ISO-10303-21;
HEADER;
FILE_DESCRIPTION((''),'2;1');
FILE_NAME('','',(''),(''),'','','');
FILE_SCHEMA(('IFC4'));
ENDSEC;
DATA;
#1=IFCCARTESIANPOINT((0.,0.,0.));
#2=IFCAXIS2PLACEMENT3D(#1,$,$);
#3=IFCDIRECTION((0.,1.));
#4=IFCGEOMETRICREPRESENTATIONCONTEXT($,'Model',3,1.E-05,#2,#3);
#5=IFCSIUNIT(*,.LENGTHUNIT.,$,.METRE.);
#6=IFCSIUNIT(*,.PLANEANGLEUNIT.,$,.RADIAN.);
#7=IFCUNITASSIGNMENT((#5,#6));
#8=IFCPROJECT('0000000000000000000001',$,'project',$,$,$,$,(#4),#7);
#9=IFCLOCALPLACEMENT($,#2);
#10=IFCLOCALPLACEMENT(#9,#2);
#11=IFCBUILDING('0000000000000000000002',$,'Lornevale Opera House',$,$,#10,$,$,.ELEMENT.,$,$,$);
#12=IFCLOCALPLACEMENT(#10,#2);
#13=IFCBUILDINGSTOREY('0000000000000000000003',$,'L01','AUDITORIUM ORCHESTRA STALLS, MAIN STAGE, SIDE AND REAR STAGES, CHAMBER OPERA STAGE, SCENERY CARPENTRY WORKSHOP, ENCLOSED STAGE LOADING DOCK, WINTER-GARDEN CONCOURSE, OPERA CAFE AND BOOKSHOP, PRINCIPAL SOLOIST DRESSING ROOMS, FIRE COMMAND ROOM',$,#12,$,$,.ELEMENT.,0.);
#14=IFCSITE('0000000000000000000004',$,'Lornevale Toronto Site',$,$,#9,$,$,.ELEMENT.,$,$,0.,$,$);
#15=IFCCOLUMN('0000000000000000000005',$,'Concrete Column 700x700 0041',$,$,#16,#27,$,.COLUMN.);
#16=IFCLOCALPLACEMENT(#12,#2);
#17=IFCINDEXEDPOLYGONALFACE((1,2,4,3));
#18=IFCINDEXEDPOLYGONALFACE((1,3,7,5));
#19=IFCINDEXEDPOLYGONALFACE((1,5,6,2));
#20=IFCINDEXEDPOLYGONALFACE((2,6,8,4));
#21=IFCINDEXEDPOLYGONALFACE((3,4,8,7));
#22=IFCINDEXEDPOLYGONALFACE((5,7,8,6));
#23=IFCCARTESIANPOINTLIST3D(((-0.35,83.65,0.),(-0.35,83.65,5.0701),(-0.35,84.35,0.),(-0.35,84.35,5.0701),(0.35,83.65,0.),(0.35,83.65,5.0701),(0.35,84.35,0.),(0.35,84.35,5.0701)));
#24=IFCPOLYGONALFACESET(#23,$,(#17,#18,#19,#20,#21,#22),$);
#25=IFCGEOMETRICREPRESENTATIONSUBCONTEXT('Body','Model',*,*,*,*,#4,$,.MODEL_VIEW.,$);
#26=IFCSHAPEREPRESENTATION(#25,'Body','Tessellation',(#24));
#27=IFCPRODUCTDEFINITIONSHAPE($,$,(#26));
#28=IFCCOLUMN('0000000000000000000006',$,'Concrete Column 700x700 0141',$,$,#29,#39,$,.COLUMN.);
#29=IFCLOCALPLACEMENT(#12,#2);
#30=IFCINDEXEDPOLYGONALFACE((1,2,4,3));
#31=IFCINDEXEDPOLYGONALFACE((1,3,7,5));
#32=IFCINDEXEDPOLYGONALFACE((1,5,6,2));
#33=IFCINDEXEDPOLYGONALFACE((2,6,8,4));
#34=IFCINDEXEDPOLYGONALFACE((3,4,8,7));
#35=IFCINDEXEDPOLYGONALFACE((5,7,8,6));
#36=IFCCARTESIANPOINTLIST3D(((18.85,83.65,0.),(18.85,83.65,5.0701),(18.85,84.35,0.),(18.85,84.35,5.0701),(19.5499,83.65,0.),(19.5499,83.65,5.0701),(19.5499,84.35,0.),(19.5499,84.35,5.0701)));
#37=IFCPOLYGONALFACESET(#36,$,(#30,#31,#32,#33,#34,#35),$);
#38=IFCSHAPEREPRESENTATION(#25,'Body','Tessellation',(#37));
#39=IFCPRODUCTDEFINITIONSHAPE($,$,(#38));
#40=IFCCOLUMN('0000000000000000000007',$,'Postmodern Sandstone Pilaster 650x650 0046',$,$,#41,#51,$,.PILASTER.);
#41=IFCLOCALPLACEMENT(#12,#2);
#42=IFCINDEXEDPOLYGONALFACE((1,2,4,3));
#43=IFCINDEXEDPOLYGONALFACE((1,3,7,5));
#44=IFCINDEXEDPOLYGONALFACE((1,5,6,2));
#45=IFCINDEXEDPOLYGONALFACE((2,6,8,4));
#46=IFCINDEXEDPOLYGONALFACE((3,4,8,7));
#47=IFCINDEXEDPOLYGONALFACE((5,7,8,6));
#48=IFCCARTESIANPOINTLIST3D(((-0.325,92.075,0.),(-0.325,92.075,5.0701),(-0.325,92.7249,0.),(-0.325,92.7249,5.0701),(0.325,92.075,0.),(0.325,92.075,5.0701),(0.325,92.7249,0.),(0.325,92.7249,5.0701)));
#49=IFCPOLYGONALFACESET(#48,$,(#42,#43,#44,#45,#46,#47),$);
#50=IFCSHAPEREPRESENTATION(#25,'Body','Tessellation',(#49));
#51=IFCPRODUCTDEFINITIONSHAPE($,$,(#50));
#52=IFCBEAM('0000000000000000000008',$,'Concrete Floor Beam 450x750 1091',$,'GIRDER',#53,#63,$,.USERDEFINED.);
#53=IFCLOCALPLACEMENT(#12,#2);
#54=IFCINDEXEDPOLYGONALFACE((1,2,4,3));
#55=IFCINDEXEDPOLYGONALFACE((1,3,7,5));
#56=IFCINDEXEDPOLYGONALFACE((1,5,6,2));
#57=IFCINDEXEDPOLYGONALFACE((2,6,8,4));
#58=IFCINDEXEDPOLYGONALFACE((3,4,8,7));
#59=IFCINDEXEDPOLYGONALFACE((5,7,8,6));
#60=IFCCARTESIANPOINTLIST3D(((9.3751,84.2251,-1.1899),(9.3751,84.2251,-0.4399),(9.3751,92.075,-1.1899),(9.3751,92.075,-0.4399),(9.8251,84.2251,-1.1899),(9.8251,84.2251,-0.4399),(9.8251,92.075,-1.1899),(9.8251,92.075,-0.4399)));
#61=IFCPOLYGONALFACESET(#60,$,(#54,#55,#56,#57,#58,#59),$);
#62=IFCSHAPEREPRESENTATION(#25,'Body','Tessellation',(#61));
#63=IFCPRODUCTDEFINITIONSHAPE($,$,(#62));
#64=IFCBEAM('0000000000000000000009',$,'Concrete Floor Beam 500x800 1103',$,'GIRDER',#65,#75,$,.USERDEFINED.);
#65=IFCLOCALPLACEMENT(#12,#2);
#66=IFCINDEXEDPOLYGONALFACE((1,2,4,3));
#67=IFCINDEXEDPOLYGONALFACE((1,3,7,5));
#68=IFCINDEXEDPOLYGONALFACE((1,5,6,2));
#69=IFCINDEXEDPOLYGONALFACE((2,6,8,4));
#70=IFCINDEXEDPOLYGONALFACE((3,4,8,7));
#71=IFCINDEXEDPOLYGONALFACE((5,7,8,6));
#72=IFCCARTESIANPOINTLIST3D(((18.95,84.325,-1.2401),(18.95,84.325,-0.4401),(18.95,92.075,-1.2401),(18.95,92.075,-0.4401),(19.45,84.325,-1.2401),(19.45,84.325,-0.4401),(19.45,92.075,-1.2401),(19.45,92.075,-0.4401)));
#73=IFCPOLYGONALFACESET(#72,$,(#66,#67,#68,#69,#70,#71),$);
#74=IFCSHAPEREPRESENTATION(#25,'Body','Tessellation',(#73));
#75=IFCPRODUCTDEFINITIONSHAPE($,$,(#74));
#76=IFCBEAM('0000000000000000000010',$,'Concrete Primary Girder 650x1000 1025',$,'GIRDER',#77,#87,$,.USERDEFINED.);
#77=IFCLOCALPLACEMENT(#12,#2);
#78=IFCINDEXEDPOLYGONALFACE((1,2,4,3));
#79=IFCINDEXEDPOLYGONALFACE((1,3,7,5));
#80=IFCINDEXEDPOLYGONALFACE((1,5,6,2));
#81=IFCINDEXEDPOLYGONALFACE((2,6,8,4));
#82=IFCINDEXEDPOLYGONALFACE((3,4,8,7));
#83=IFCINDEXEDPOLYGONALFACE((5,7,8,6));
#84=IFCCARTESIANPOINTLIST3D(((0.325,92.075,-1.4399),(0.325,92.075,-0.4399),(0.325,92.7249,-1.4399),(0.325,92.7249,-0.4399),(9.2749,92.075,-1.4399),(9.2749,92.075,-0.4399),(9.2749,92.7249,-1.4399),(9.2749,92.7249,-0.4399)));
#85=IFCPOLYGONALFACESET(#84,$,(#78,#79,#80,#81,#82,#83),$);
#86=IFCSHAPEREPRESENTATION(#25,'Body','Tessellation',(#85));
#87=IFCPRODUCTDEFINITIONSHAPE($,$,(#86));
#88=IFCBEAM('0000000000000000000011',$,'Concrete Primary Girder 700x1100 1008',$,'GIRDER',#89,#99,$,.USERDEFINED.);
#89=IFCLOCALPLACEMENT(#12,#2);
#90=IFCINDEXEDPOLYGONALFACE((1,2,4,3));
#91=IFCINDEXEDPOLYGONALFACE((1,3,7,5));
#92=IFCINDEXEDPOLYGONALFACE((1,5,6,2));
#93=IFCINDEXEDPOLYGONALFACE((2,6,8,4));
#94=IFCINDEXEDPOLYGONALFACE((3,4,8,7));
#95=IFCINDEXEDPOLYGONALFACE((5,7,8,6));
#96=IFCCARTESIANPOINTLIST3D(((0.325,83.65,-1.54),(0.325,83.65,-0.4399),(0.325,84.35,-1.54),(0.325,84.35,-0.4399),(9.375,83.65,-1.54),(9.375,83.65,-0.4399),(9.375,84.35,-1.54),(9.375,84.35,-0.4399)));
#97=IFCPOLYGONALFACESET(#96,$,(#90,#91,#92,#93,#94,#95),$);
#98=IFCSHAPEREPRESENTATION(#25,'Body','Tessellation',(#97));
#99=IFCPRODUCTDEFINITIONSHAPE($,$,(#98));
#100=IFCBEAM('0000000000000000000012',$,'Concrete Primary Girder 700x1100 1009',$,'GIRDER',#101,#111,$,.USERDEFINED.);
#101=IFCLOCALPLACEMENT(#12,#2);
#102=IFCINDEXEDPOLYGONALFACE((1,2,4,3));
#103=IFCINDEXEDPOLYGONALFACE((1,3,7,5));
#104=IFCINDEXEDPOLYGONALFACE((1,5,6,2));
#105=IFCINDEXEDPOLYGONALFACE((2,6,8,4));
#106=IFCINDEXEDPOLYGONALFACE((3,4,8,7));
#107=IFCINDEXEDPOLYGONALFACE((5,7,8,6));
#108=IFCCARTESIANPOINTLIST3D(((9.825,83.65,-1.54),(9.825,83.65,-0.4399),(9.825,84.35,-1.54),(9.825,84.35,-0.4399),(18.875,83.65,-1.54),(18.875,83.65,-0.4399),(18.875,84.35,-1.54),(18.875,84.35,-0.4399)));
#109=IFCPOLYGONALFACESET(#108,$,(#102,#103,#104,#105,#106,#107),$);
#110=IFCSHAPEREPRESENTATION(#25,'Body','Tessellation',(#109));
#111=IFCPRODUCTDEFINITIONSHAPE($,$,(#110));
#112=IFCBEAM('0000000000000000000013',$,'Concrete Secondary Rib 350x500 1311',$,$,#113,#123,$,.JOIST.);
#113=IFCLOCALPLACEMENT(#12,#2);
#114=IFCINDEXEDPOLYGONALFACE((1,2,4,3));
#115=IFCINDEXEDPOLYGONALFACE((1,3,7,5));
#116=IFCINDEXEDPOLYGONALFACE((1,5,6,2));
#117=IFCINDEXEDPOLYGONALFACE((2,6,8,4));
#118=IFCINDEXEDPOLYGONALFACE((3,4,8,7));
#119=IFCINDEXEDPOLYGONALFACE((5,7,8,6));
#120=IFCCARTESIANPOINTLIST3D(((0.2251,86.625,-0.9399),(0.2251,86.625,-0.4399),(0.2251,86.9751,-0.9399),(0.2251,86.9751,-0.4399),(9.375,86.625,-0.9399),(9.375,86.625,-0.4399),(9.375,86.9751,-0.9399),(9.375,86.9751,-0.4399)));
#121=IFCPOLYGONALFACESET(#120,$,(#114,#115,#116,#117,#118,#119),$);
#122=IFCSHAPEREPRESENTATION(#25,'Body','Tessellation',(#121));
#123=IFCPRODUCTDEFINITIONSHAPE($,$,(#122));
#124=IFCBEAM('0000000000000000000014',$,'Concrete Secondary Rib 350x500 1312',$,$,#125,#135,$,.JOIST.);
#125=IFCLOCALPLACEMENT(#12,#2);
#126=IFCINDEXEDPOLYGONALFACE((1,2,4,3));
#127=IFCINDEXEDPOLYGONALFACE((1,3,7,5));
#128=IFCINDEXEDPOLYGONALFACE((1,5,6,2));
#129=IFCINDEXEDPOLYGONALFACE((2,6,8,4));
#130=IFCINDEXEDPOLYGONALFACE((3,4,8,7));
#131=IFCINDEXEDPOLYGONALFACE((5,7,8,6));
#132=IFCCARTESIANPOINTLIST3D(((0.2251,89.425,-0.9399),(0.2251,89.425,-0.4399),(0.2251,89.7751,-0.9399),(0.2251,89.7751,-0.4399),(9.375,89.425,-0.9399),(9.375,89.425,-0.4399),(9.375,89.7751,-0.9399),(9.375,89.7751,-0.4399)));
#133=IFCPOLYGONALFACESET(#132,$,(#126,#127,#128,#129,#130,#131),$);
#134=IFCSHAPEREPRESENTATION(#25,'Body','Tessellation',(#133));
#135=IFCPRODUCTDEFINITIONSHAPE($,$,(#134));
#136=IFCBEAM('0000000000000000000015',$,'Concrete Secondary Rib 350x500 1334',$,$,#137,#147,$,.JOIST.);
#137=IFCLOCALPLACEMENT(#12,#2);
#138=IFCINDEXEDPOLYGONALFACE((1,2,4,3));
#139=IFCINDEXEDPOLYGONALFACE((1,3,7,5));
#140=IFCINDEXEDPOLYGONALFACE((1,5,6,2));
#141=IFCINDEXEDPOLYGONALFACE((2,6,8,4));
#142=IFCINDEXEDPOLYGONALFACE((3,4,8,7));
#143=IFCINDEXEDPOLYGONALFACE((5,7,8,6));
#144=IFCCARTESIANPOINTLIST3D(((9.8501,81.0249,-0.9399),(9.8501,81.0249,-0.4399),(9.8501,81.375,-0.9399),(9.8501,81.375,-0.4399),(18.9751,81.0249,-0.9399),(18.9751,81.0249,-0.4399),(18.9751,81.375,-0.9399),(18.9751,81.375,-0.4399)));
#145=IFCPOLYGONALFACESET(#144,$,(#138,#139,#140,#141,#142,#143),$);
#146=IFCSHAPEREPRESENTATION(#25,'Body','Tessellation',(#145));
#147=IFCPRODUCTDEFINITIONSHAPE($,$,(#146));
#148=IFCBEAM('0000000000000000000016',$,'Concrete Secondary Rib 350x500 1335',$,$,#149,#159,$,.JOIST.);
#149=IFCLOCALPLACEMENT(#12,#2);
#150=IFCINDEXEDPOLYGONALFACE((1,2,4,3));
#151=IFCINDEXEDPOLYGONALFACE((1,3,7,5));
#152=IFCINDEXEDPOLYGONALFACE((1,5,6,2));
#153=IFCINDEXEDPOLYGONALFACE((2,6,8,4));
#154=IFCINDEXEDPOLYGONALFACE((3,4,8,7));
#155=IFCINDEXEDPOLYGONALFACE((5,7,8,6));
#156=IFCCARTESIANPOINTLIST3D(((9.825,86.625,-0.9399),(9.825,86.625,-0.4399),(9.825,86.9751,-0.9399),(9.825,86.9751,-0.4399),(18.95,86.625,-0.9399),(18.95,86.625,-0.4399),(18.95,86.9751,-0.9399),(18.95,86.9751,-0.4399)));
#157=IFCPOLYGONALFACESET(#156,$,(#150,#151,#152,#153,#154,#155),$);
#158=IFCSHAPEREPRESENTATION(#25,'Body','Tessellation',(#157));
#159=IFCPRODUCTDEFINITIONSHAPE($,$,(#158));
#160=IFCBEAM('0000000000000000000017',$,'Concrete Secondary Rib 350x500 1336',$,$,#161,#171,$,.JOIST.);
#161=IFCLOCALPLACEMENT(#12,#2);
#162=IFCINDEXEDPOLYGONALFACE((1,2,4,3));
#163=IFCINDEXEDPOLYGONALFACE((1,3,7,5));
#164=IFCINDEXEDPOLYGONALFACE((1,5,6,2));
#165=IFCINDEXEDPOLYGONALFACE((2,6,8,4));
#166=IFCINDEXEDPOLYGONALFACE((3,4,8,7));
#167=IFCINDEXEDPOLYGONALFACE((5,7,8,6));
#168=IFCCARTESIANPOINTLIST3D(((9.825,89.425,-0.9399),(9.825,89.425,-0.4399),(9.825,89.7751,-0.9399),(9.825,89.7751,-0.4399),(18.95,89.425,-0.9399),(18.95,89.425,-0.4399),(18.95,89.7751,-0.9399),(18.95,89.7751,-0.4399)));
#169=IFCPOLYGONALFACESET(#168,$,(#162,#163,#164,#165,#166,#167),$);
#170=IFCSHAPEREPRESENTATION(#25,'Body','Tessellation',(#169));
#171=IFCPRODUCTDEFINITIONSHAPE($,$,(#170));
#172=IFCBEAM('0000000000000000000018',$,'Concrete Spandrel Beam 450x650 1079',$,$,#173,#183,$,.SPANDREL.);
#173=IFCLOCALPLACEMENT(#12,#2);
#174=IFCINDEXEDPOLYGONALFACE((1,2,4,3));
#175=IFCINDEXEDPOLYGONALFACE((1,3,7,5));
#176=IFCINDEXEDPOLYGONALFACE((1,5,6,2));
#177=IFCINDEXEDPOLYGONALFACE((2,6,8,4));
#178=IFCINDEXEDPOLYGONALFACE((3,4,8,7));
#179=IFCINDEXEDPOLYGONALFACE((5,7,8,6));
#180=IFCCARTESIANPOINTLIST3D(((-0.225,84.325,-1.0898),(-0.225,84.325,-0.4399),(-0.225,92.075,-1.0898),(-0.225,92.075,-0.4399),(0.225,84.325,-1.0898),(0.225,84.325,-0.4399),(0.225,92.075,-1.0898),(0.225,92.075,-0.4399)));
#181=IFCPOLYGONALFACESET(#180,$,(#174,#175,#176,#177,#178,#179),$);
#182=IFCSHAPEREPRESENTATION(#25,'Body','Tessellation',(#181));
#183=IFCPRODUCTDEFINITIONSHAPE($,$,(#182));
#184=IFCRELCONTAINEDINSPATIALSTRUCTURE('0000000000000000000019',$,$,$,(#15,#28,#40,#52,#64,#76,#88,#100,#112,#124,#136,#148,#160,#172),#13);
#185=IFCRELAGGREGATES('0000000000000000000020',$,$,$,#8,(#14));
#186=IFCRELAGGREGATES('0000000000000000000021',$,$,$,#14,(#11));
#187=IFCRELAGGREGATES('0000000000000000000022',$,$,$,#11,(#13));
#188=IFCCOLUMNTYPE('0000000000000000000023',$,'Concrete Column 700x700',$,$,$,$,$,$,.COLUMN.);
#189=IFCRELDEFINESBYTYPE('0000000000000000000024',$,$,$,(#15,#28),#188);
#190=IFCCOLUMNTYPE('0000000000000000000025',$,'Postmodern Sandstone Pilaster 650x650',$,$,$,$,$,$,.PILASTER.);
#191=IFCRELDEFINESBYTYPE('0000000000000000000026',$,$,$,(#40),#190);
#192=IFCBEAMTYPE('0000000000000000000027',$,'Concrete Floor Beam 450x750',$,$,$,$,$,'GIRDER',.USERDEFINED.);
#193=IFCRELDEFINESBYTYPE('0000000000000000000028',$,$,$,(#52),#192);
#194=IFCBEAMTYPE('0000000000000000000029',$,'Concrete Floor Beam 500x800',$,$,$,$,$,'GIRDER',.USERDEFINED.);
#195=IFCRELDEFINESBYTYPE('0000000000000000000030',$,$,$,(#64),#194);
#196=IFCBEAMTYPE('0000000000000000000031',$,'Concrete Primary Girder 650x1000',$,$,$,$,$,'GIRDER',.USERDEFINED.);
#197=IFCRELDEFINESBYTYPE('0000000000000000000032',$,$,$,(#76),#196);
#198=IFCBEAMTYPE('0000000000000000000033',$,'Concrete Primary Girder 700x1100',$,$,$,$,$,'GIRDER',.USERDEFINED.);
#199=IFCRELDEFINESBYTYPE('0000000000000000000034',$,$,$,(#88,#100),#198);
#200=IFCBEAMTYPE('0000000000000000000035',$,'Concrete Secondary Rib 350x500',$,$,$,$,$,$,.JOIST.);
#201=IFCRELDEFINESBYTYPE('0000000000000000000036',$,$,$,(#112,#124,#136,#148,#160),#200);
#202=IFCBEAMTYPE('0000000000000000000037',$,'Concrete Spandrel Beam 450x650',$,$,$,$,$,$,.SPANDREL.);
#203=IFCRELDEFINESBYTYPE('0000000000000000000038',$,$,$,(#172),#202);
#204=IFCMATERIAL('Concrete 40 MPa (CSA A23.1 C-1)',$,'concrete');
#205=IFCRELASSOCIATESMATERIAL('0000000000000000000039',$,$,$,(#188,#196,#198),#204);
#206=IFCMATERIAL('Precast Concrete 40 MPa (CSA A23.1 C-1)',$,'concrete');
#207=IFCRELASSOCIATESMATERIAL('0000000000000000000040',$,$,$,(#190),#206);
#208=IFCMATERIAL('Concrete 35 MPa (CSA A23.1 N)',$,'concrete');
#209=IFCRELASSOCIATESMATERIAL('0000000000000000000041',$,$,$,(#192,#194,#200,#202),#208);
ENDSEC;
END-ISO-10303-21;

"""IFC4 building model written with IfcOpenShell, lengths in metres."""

from ifc_helpers import new_model, si_unit, direction, frame, origin, origin_2d, place, context, subcontext, project, spatial, rectangle, extrude, material, material_profile, profile_set, type_object, element, save


model = new_model("IFC4")

# Units and contexts
model_context = context("Model", 3, precision=1e-05, world=origin(), true_north=direction((0.0, 1.0)))
body_context = subcontext(model_context, "Body", "Model", "MODEL_VIEW")
ifc_project = project(units=[si_unit("LENGTHUNIT", "METRE"), si_unit("PLANEANGLEUNIT", "RADIAN")], contexts=[model_context])

# Site, building, storey
site_placement = place(None, origin())
site = spatial("IfcSite", under=ifc_project, at=site_placement, Name="Lornevale Toronto Site", CompositionType="ELEMENT", RefElevation=0.0)
building_placement = place(site_placement, origin())
building = spatial("IfcBuilding", under=site, at=building_placement, Name="Lornevale Opera House", CompositionType="ELEMENT")
storey_placement = place(building_placement, origin())
storey = spatial("IfcBuildingStorey", under=building, at=storey_placement, Name="L01", Description="AUDITORIUM ORCHESTRA STALLS, MAIN STAGE, SIDE AND REAR STAGES, CHAMBER OPERA STAGE, SCENERY CARPENTRY WORKSHOP, ENCLOSED STAGE LOADING DOCK, WINTER-GARDEN CONCOURSE, OPERA CAFE AND BOOKSHOP, PRINCIPAL SOLOIST DRESSING ROOMS, FIRE COMMAND ROOM", CompositionType="ELEMENT", Elevation=0.0)

# Columns
ifc_material_1 = material(Name="Concrete 40 MPa (CSA A23.1 C-1)", Category="concrete")
ifc_material_profile_1 = material_profile(ifc_material_1, rectangle(XDim=0.7, YDim=0.7, at=origin_2d()), Name="RC700x700")
ifc_profile_set_1 = profile_set([ifc_material_profile_1], Name="Concrete 40 MPa (CSA A23.1 C-1)")
column_type_1 = type_object("IfcColumnType", Name="Concrete Column 700x700", PredefinedType="COLUMN", material=ifc_profile_set_1)
for number, where, z_axis, x_axis, name in (
    (1, (0.0, 84.0, 0.0), (0.0, 0.0, 1.0), (1.0, 0.0, 0.0), "Concrete Column 700x700 0041"),
    (2, (19.2, 84.0, 0.0), (0.0, 0.0, 1.0), (1.0, 0.0, 0.0), "Concrete Column 700x700 0141"),
):
    element("IfcColumn", number, at=place(storey_placement, frame(where, z_axis=z_axis, x_axis=x_axis)), inside=storey, type_object=column_type_1, Name=name, PredefinedType="COLUMN", context=body_context, shape_type="SweptSolid", body=[
        extrude(rectangle(XDim=0.7, YDim=0.7, at=origin_2d()), origin(), (0.0, 0.0, 1.0), 5.0701),
    ])
ifc_material_2 = material(Name="Precast Concrete 40 MPa (CSA A23.1 C-1)", Category="concrete")
ifc_material_profile_2 = material_profile(ifc_material_2, rectangle(XDim=0.6499, YDim=0.6499, at=origin_2d()), Name="RC650x650")
ifc_profile_set_2 = profile_set([ifc_material_profile_2], Name="Precast Concrete 40 MPa (CSA A23.1 C-1)")
column_type_2 = type_object("IfcColumnType", Name="Postmodern Sandstone Pilaster 650x650", PredefinedType="PILASTER", material=ifc_profile_set_2)
column_placement = place(storey_placement, frame((0.0, 92.3999, 0.0), z_axis=(0.0, 0.0, 1.0), x_axis=(1.0, 0.0, 0.0)))
element("IfcColumn", 3, at=column_placement, inside=storey, type_object=column_type_2, Name="Postmodern Sandstone Pilaster 650x650 0046", PredefinedType="PILASTER", context=body_context, shape_type="SweptSolid", body=[
    extrude(rectangle(XDim=0.6499, YDim=0.6499, at=origin_2d()), origin(), (0.0, 0.0, 1.0), 5.0701),
])

# Beams
ifc_material_3 = material(Name="Concrete 35 MPa (CSA A23.1 N)", Category="concrete")
ifc_material_profile_3 = material_profile(ifc_material_3, rectangle(XDim=0.45, YDim=0.75, at=origin_2d()), Name="RC450x750")
ifc_profile_set_3 = profile_set([ifc_material_profile_3], Name="Concrete 35 MPa (CSA A23.1 N)")
beam_type_1 = type_object("IfcBeamType", Name="Concrete Floor Beam 450x750", ElementType="GIRDER", PredefinedType="USERDEFINED", material=ifc_profile_set_3)
beam_1_placement = place(storey_placement, frame((9.6001, 84.2251, -0.8149), z_axis=(0.0, 1.0, 0.0), x_axis=(-1.0, 0.0, 0.0)))
element("IfcBeam", 4, at=beam_1_placement, inside=storey, type_object=beam_type_1, Name="Concrete Floor Beam 450x750 1091", ObjectType="GIRDER", PredefinedType="USERDEFINED", context=body_context, shape_type="SweptSolid", body=[
    extrude(rectangle(XDim=0.45, YDim=0.75, at=origin_2d()), origin(), (0.0, 0.0, 1.0), 7.8499),
])
ifc_material_profile_4 = material_profile(ifc_material_3, rectangle(XDim=0.5, YDim=0.8, at=origin_2d()), Name="RC500x800")
ifc_profile_set_4 = profile_set([ifc_material_profile_4], Name="Concrete 35 MPa (CSA A23.1 N)")
beam_type_2 = type_object("IfcBeamType", Name="Concrete Floor Beam 500x800", ElementType="GIRDER", PredefinedType="USERDEFINED", material=ifc_profile_set_4)
beam_2_placement = place(storey_placement, frame((19.2, 84.325, -0.8401), z_axis=(0.0, 1.0, 0.0), x_axis=(-1.0, 0.0, 0.0)))
element("IfcBeam", 5, at=beam_2_placement, inside=storey, type_object=beam_type_2, Name="Concrete Floor Beam 500x800 1103", ObjectType="GIRDER", PredefinedType="USERDEFINED", context=body_context, shape_type="SweptSolid", body=[
    extrude(rectangle(XDim=0.5, YDim=0.8, at=origin_2d()), origin(), (0.0, 0.0, 1.0), 7.75),
])
ifc_material_profile_5 = material_profile(ifc_material_1, rectangle(XDim=0.6499, YDim=1.0, at=origin_2d()), Name="RC650x1000")
ifc_profile_set_5 = profile_set([ifc_material_profile_5], Name="Concrete 40 MPa (CSA A23.1 C-1)")
beam_type_3 = type_object("IfcBeamType", Name="Concrete Primary Girder 650x1000", ElementType="GIRDER", PredefinedType="USERDEFINED", material=ifc_profile_set_5)
beam_3_placement = place(storey_placement, frame((0.325, 92.3999, -0.9399), z_axis=(1.0, 0.0, 0.0), x_axis=(0.0, 1.0, 0.0)))
element("IfcBeam", 6, at=beam_3_placement, inside=storey, type_object=beam_type_3, Name="Concrete Primary Girder 650x1000 1025", ObjectType="GIRDER", PredefinedType="USERDEFINED", context=body_context, shape_type="SweptSolid", body=[
    extrude(rectangle(XDim=0.6499, YDim=1.0, at=origin_2d()), origin(), (0.0, 0.0, 1.0), 8.95),
])
ifc_material_profile_6 = material_profile(ifc_material_1, rectangle(XDim=0.7, YDim=1.1001, at=origin_2d()), Name="RC700x1100")
ifc_profile_set_6 = profile_set([ifc_material_profile_6], Name="Concrete 40 MPa (CSA A23.1 C-1)")
beam_type_4 = type_object("IfcBeamType", Name="Concrete Primary Girder 700x1100", ElementType="GIRDER", PredefinedType="USERDEFINED", material=ifc_profile_set_6)
for number, where, z_axis, x_axis, name in (
    (7, (0.325, 84.0, -0.99), (1.0, 0.0, 0.0), (0.0, 1.0, 0.0), "Concrete Primary Girder 700x1100 1008"),
    (8, (9.825, 84.0, -0.99), (1.0, 0.0, 0.0), (0.0, 1.0, 0.0), "Concrete Primary Girder 700x1100 1009"),
):
    element("IfcBeam", number, at=place(storey_placement, frame(where, z_axis=z_axis, x_axis=x_axis)), inside=storey, type_object=beam_type_4, Name=name, ObjectType="GIRDER", PredefinedType="USERDEFINED", context=body_context, shape_type="SweptSolid", body=[
        extrude(rectangle(XDim=0.7, YDim=1.1001, at=origin_2d()), origin(), (0.0, 0.0, 1.0), 9.05),
    ])
ifc_material_profile_7 = material_profile(ifc_material_3, rectangle(XDim=0.3501, YDim=0.5, at=origin_2d()), Name="RC350x500")
ifc_profile_set_7 = profile_set([ifc_material_profile_7], Name="Concrete 35 MPa (CSA A23.1 N)")
beam_type_5 = type_object("IfcBeamType", Name="Concrete Secondary Rib 350x500", PredefinedType="JOIST", material=ifc_profile_set_7)
for number, where, z_axis, x_axis, name in (
    (9, (0.2251, 86.8, -0.6899), (1.0, 0.0, 0.0), (0.0, 1.0, 0.0), "Concrete Secondary Rib 350x500 1311"),
    (10, (0.2251, 89.6001, -0.6899), (1.0, 0.0, 0.0), (0.0, 1.0, 0.0), "Concrete Secondary Rib 350x500 1312"),
):
    element("IfcBeam", number, at=place(storey_placement, frame(where, z_axis=z_axis, x_axis=x_axis)), inside=storey, type_object=beam_type_5, Name=name, PredefinedType="JOIST", context=body_context, shape_type="SweptSolid", body=[
        extrude(rectangle(XDim=0.3501, YDim=0.5, at=origin_2d()), origin(), (0.0, 0.0, 1.0), 9.1499),
    ])
for number, where, z_axis, x_axis, name in (
    (11, (9.8501, 81.2, -0.6899), (1.0, 0.0, 0.0), (0.0, 1.0, 0.0), "Concrete Secondary Rib 350x500 1334"),
    (12, (9.825, 86.8, -0.6899), (1.0, 0.0, 0.0), (0.0, 1.0, 0.0), "Concrete Secondary Rib 350x500 1335"),
    (13, (9.825, 89.6001, -0.6899), (1.0, 0.0, 0.0), (0.0, 1.0, 0.0), "Concrete Secondary Rib 350x500 1336"),
):
    element("IfcBeam", number, at=place(storey_placement, frame(where, z_axis=z_axis, x_axis=x_axis)), inside=storey, type_object=beam_type_5, Name=name, PredefinedType="JOIST", context=body_context, shape_type="SweptSolid", body=[
        extrude(rectangle(XDim=0.3501, YDim=0.5, at=origin_2d()), origin(), (0.0, 0.0, 1.0), 9.125),
    ])
ifc_material_profile_8 = material_profile(ifc_material_3, rectangle(XDim=0.45, YDim=0.6499, at=origin_2d()), Name="RC450x650")
ifc_profile_set_8 = profile_set([ifc_material_profile_8], Name="Concrete 35 MPa (CSA A23.1 N)")
beam_type_6 = type_object("IfcBeamType", Name="Concrete Spandrel Beam 450x650", PredefinedType="SPANDREL", material=ifc_profile_set_8)
beam_4_placement = place(storey_placement, frame((0.0, 84.325, -0.7649), z_axis=(0.0, 1.0, 0.0), x_axis=(-1.0, 0.0, 0.0)))
element("IfcBeam", 14, at=beam_4_placement, inside=storey, type_object=beam_type_6, Name="Concrete Spandrel Beam 450x650 1079", PredefinedType="SPANDREL", context=body_context, shape_type="SweptSolid", body=[
    extrude(rectangle(XDim=0.45, YDim=0.6499, at=origin_2d()), origin(), (0.0, 0.0, 1.0), 7.75),
])

save(model, "model.ifc")
